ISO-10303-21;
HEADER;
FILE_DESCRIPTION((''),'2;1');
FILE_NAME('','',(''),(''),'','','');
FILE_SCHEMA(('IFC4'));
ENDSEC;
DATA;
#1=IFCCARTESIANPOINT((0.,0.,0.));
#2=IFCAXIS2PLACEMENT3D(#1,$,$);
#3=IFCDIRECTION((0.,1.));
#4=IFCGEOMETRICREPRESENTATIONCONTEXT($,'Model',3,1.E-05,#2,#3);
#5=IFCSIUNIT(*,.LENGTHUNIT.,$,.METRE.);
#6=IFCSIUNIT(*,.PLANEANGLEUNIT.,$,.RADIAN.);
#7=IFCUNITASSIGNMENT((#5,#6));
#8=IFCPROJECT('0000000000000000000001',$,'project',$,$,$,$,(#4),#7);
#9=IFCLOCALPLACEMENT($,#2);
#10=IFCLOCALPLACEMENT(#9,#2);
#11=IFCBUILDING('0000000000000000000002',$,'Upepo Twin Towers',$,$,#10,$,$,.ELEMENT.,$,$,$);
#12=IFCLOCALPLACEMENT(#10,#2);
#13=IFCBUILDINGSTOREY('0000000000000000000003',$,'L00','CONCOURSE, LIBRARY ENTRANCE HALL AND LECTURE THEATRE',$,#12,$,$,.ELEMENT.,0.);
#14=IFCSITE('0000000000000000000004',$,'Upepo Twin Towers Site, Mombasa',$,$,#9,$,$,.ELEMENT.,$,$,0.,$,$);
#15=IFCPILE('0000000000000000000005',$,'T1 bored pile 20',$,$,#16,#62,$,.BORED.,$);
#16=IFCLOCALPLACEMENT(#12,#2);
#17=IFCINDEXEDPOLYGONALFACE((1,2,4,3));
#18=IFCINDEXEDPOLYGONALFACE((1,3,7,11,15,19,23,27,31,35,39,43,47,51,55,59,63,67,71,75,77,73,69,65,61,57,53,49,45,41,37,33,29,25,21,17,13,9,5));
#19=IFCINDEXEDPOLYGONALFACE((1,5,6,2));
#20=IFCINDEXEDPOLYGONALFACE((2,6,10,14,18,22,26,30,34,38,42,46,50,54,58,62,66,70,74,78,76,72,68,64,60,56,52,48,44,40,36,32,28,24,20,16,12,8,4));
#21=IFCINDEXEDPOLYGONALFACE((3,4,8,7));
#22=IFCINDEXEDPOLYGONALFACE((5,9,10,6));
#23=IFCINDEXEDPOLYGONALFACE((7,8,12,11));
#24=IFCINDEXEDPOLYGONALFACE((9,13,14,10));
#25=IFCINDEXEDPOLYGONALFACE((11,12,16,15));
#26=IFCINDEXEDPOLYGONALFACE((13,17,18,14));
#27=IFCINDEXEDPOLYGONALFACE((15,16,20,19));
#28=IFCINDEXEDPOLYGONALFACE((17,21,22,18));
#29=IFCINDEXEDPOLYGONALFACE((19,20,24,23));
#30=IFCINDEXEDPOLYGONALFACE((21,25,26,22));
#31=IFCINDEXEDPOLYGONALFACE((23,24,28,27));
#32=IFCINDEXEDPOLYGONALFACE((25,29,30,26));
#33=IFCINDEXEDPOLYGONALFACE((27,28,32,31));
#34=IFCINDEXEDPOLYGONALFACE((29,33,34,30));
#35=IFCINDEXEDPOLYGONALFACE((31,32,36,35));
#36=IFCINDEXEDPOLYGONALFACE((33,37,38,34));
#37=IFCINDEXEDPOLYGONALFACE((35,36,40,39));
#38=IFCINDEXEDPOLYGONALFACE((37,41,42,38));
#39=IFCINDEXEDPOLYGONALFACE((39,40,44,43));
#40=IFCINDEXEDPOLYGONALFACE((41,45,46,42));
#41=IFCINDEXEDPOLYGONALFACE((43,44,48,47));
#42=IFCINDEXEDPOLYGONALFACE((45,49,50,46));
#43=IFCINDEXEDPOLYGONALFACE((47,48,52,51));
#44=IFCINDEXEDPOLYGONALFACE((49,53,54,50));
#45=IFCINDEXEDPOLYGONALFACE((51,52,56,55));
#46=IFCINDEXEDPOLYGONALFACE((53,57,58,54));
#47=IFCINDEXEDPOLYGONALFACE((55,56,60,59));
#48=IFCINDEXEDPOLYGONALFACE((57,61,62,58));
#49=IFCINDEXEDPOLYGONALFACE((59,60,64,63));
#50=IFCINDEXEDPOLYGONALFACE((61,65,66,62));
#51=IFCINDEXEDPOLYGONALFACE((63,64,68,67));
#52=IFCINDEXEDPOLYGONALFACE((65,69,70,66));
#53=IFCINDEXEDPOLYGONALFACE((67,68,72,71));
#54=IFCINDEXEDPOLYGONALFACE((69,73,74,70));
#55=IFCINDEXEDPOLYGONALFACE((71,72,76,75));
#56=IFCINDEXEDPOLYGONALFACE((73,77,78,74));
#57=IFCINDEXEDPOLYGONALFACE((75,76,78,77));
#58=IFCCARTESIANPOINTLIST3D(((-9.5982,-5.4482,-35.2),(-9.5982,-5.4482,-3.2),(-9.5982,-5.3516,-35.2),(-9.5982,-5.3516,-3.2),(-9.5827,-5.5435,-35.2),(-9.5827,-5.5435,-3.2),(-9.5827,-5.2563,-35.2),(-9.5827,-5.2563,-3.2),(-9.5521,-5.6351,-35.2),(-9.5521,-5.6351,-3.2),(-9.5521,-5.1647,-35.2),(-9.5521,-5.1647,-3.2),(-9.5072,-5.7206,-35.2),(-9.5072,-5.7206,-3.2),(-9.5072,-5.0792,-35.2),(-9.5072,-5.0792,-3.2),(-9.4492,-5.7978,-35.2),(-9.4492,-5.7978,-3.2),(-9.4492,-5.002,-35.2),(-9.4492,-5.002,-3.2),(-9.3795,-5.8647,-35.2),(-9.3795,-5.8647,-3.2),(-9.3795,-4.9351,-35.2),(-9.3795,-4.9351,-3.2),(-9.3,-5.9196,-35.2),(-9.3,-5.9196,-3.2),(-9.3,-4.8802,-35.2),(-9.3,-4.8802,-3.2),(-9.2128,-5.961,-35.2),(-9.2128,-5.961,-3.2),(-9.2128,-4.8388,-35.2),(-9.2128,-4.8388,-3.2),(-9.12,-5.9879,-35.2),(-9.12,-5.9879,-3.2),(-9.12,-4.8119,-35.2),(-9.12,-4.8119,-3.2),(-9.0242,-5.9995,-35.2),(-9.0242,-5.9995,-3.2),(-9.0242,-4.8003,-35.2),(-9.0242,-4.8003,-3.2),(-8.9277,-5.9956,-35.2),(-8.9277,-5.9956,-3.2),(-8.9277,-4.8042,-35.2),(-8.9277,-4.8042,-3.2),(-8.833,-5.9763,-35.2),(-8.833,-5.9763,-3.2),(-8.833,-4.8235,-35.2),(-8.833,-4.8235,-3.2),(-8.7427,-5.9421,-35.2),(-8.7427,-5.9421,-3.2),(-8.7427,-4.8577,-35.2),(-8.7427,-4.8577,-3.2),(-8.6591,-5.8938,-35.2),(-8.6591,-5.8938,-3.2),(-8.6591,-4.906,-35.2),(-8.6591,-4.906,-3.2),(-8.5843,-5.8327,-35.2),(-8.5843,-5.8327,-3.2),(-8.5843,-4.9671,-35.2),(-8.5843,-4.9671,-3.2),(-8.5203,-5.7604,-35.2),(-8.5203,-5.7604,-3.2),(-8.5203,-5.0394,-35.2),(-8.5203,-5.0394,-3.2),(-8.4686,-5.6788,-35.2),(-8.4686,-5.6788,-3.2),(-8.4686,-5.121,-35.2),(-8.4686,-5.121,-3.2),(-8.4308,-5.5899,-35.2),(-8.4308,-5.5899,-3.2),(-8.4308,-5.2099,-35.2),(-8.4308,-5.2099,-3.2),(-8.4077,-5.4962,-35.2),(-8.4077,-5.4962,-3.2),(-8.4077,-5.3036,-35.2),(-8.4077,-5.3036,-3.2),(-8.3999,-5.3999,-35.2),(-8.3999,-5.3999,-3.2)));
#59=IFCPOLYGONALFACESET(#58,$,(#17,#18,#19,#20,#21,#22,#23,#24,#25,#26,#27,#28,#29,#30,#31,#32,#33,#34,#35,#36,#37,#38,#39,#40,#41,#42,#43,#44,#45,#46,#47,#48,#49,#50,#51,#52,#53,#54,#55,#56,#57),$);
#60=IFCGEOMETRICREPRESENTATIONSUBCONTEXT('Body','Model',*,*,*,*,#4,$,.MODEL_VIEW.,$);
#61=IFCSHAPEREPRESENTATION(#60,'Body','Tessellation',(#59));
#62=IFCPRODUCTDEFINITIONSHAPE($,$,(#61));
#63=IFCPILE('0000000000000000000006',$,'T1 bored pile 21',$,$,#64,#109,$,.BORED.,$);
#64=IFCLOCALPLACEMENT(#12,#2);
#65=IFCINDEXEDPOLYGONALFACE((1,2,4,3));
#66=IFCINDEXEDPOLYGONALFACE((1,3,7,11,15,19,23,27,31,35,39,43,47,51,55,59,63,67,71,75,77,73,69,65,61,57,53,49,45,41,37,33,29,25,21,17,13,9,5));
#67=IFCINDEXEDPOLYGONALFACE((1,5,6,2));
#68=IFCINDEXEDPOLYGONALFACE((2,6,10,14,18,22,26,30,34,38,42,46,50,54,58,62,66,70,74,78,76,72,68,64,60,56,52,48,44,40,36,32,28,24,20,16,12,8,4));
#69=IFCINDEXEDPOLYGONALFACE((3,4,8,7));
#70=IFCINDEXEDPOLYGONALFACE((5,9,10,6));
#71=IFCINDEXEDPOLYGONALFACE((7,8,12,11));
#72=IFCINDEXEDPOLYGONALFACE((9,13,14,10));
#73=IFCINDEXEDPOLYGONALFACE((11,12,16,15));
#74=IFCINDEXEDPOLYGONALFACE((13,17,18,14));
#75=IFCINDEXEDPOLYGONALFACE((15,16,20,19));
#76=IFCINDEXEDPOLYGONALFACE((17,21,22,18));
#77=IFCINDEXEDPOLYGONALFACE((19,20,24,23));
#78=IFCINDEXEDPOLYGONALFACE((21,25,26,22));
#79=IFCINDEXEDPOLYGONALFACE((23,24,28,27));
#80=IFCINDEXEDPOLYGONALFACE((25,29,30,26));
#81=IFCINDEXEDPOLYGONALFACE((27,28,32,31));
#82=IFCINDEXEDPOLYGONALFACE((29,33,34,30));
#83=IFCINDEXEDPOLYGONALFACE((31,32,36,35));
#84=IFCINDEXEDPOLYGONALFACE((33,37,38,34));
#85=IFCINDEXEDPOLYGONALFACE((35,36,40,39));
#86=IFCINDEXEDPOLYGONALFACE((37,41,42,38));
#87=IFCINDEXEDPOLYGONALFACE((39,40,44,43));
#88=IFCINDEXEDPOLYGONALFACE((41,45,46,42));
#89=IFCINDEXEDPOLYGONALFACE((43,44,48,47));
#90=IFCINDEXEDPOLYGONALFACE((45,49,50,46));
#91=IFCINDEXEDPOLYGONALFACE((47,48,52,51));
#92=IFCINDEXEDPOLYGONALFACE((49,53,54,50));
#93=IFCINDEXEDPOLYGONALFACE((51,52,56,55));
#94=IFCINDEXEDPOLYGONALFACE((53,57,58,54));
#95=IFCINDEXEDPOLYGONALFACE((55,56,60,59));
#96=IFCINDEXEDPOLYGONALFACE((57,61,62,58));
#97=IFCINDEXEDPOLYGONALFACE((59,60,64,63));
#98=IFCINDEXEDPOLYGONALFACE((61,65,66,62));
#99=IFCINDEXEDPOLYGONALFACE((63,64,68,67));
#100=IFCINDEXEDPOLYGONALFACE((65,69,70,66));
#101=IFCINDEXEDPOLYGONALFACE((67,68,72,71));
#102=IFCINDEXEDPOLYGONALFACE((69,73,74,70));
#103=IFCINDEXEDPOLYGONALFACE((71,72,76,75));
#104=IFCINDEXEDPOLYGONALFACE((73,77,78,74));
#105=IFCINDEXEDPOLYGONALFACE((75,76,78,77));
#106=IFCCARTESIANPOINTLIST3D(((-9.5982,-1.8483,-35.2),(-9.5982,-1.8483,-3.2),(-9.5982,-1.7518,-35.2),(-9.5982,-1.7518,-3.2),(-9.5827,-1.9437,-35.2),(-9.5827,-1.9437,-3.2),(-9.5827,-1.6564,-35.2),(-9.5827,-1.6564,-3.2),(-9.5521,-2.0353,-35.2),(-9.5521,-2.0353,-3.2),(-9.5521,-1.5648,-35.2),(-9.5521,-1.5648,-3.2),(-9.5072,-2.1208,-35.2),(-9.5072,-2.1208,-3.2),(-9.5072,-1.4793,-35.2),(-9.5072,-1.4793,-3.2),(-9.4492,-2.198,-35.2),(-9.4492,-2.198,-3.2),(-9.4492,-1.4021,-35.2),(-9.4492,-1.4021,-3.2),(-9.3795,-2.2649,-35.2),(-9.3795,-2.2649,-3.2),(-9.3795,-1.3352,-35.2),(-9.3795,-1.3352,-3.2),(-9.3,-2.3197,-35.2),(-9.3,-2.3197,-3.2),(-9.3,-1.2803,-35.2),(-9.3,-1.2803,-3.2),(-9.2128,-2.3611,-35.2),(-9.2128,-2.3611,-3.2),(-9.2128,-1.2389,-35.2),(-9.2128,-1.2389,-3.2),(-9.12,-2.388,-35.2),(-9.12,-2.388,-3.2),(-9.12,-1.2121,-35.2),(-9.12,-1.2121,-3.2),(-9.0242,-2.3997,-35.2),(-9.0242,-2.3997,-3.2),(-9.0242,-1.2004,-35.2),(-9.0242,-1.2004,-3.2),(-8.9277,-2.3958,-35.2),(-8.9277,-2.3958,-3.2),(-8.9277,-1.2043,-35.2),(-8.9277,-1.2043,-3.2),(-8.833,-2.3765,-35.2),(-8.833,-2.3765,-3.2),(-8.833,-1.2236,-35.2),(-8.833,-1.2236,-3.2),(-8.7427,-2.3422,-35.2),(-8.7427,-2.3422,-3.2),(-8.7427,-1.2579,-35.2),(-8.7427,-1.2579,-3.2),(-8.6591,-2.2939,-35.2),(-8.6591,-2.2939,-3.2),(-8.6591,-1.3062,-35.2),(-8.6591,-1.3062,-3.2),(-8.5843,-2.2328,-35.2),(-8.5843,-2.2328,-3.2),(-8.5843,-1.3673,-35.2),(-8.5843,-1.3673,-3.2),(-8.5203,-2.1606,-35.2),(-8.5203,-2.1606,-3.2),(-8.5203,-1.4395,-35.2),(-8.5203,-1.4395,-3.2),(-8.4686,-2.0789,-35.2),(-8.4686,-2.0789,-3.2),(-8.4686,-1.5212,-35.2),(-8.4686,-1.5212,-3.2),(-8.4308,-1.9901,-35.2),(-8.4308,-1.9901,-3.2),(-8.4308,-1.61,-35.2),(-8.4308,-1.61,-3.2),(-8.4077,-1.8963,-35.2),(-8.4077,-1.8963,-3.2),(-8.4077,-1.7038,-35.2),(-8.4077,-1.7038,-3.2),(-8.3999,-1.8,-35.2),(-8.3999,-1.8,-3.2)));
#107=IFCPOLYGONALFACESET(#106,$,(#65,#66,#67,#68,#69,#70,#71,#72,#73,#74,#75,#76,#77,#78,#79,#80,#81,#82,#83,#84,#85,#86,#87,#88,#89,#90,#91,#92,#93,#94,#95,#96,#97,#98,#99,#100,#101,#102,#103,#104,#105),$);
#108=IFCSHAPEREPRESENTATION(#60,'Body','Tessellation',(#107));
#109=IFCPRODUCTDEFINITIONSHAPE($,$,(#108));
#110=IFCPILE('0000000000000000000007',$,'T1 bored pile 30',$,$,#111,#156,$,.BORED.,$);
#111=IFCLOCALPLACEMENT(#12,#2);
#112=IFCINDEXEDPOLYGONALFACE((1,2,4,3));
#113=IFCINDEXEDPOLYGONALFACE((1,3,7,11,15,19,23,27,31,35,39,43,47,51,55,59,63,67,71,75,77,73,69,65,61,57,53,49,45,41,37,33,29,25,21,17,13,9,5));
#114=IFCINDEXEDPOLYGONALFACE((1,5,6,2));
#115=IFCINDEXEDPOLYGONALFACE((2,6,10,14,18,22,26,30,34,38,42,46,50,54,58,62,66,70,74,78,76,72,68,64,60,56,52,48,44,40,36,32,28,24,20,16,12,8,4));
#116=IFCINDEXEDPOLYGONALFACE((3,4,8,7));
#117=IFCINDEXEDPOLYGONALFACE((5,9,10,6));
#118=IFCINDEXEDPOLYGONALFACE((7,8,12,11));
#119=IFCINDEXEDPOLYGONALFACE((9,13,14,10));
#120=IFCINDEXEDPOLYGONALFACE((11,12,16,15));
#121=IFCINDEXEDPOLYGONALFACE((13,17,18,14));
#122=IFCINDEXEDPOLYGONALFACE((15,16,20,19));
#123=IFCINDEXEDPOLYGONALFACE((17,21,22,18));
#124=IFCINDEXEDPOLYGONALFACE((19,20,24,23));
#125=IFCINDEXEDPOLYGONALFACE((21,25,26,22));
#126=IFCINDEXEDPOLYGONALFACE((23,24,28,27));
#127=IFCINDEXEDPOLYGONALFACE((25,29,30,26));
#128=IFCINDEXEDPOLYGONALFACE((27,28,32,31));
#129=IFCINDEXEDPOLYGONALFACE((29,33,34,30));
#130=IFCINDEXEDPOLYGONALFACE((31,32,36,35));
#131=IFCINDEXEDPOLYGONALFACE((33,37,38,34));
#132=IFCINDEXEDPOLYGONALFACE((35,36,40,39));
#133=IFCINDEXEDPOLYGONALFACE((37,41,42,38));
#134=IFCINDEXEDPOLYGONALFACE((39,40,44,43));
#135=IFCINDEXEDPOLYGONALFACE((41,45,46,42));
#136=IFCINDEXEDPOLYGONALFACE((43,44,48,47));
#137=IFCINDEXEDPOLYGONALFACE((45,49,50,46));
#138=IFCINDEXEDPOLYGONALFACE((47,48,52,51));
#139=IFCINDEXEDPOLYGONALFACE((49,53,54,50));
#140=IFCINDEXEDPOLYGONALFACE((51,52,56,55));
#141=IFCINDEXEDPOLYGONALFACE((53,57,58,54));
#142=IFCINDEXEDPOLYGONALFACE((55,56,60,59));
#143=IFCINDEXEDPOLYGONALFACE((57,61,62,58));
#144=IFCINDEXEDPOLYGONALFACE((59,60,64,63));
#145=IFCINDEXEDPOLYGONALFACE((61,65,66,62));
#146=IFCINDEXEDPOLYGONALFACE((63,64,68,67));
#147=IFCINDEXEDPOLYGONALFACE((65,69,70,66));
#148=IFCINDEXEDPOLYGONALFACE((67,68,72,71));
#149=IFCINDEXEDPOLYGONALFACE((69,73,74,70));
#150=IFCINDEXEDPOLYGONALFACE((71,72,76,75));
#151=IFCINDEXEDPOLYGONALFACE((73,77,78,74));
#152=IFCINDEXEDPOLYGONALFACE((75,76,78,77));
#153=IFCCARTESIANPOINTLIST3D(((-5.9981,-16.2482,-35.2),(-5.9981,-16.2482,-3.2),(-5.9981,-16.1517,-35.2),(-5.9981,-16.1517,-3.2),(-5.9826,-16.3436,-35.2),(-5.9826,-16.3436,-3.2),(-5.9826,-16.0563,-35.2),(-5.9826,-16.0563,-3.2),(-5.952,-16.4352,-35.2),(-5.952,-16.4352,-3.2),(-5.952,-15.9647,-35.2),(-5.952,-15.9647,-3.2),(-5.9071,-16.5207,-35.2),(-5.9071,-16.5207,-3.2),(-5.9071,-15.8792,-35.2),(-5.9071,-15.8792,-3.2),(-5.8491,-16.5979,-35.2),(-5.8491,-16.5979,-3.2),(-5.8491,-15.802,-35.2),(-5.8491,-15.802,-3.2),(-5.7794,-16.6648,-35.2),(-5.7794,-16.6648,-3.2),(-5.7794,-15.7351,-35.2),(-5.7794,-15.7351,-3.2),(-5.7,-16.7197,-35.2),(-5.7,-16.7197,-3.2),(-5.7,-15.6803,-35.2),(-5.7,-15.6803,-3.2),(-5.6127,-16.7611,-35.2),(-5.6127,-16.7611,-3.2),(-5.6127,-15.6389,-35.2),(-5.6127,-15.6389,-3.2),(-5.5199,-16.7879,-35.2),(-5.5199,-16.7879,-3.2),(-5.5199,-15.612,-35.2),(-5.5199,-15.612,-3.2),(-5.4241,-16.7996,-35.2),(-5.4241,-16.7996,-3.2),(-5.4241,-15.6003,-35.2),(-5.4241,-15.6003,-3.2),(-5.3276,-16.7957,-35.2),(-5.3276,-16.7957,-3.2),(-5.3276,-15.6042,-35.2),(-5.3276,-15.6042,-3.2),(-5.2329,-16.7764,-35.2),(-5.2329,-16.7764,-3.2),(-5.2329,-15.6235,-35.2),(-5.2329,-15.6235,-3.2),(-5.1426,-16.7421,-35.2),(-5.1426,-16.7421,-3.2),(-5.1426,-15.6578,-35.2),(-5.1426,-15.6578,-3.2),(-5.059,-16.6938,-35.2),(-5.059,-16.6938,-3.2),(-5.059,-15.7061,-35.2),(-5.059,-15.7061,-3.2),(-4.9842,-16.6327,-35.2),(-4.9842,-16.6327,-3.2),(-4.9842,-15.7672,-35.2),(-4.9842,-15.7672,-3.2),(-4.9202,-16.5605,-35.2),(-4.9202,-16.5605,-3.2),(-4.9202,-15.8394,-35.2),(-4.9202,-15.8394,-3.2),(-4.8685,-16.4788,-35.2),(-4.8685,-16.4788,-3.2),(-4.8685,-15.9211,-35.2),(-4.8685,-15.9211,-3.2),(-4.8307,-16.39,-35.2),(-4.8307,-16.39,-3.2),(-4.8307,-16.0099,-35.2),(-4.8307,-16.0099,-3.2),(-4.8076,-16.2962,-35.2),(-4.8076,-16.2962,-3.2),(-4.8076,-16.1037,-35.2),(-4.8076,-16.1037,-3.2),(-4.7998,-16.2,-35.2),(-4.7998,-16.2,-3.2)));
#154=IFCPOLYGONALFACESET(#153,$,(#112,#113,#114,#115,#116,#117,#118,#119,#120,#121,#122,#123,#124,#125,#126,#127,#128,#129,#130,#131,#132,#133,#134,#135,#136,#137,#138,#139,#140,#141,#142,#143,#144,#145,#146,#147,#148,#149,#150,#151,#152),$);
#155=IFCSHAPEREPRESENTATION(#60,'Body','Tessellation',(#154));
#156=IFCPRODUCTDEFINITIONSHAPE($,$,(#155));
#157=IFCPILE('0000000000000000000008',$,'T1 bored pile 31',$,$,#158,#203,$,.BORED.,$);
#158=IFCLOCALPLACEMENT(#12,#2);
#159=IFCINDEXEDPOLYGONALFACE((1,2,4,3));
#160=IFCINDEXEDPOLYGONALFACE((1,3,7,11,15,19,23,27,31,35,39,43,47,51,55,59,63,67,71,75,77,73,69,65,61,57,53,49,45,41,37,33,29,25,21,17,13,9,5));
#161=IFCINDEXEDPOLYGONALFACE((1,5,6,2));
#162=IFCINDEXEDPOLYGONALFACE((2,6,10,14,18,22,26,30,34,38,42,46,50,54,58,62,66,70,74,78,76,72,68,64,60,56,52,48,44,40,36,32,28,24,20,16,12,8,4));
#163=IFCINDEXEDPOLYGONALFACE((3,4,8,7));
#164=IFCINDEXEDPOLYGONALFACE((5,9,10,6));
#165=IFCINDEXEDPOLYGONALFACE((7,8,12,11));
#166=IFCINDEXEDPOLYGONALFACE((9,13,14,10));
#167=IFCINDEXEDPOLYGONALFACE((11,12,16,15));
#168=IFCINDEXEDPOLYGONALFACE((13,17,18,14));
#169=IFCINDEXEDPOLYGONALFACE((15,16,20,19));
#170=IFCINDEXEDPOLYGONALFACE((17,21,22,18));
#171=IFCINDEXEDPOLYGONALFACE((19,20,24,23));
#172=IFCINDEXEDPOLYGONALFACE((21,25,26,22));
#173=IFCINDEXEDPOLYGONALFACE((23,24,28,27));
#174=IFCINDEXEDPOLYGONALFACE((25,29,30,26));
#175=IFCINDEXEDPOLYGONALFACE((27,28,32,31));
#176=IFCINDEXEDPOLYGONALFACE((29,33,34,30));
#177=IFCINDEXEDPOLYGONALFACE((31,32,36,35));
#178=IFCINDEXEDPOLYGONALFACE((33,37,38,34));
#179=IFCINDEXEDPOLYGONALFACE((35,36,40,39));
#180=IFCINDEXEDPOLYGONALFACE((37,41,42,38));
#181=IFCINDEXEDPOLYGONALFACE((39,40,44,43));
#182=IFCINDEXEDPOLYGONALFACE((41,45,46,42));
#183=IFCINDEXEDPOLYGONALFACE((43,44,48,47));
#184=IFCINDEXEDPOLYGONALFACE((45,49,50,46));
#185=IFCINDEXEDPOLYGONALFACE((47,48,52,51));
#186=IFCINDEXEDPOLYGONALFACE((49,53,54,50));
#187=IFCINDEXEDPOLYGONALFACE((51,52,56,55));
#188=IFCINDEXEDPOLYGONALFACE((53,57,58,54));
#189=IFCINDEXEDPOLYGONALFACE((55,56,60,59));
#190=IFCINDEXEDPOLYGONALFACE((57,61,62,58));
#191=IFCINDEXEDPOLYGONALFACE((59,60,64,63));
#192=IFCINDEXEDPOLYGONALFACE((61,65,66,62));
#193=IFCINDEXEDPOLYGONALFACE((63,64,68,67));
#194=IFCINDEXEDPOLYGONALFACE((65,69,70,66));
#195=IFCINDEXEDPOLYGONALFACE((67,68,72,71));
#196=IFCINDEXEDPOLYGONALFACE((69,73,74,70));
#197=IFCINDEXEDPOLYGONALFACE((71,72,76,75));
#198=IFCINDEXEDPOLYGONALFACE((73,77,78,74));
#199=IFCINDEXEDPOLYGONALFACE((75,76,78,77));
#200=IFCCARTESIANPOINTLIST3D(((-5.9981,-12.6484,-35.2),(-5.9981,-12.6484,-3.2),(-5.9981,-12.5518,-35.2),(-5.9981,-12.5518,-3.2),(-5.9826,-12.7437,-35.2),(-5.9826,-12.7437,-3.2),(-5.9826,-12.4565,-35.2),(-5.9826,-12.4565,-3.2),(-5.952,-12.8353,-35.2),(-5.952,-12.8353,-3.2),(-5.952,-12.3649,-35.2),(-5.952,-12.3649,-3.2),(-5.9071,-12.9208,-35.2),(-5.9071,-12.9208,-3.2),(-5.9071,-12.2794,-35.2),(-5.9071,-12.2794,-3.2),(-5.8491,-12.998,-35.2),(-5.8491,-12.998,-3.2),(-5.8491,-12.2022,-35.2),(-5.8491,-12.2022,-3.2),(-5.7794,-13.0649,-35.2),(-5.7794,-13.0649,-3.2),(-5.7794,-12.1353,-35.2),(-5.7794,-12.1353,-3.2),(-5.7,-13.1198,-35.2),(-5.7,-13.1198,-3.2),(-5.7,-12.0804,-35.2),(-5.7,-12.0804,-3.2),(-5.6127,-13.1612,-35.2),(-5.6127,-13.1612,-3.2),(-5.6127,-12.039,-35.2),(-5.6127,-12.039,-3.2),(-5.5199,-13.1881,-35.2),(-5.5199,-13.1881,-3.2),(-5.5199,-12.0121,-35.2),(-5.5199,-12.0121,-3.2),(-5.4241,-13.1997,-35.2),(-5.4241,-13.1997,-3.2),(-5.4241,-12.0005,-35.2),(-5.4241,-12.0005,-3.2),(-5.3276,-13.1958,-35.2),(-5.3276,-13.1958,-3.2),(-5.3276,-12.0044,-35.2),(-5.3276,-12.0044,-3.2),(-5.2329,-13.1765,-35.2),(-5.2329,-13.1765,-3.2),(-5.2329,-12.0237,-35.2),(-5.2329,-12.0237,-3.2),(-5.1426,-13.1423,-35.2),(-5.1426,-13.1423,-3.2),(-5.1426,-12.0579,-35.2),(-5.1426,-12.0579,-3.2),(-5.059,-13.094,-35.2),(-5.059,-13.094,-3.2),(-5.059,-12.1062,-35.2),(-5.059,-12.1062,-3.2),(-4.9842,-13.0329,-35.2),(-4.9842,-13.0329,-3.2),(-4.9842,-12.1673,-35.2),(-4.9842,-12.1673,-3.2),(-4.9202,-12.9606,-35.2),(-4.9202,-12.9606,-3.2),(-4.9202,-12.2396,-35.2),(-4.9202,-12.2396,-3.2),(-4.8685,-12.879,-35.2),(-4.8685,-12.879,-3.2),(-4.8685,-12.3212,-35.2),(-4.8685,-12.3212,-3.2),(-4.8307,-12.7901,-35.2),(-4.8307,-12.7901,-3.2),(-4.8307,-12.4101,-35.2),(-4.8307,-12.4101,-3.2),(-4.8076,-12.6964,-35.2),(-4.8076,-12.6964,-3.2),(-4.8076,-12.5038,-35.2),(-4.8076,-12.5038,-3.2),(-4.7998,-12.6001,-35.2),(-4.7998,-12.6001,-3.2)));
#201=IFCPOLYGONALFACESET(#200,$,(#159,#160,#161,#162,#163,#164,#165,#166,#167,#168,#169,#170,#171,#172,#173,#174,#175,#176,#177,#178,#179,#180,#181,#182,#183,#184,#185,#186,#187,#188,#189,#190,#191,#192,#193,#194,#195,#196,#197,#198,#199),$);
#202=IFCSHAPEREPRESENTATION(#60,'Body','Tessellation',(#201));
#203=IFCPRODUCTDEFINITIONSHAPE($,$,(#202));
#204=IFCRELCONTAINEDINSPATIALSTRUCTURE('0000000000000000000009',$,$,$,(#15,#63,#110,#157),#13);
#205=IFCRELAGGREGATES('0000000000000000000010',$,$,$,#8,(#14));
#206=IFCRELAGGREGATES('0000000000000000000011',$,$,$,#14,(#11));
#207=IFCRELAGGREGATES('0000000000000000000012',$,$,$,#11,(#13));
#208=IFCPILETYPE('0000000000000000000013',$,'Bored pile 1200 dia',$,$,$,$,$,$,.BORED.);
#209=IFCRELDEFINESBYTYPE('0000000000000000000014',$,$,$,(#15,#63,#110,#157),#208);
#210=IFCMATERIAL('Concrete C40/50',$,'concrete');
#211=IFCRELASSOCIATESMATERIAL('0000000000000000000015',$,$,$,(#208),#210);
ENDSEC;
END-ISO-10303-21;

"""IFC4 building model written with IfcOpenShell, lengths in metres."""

from ifc_helpers import new_model, si_unit, direction, frame, origin, origin_2d, place, context, subcontext, project, spatial, circle, extrude, material, type_object, element, save


model = new_model("IFC4")

# Units and contexts
model_context = context("Model", 3, precision=1e-05, world=origin(), true_north=direction((0.0, 1.0)))
body_context = subcontext(model_context, "Body", "Model", "MODEL_VIEW")
ifc_project = project(units=[si_unit("LENGTHUNIT", "METRE"), si_unit("PLANEANGLEUNIT", "RADIAN")], contexts=[model_context])

# Site, building, storey
site_placement = place(None, origin())
site = spatial("IfcSite", under=ifc_project, at=site_placement, Name="Upepo Twin Towers Site, Mombasa", CompositionType="ELEMENT", RefElevation=0.0)
building_placement = place(site_placement, origin())
building = spatial("IfcBuilding", under=site, at=building_placement, Name="Upepo Twin Towers", CompositionType="ELEMENT")
storey_placement = place(building_placement, origin())
storey = spatial("IfcBuildingStorey", under=building, at=storey_placement, Name="L00", Description="CONCOURSE, LIBRARY ENTRANCE HALL AND LECTURE THEATRE", CompositionType="ELEMENT", Elevation=0.0)

# Piles
ifc_material_1 = material(Name="Concrete C40/50", Category="concrete")
pile_type = type_object("IfcPileType", Name="Bored pile 1200 dia", PredefinedType="BORED", material=ifc_material_1)
for number, where, z_axis, x_axis, name in (
    (1, (-9.0, -5.3999, -3.2), (0.0, 0.0, -1.0), (1.0, 0.0, 0.0), "T1 bored pile 20"),
    (2, (-9.0, -1.8, -3.2), (0.0, 0.0, -1.0), (1.0, 0.0, 0.0), "T1 bored pile 21"),
    (3, (-5.3999, -16.2, -3.2), (0.0, 0.0, -1.0), (1.0, 0.0, 0.0), "T1 bored pile 30"),
    (4, (-5.3999, -12.6001, -3.2), (0.0, 0.0, -1.0), (1.0, 0.0, 0.0), "T1 bored pile 31"),
):
    element("IfcPile", number, at=place(storey_placement, frame(where, z_axis=z_axis, x_axis=x_axis)), inside=storey, type_object=pile_type, Name=name, PredefinedType="BORED", context=body_context, shape_type="SweptSolid", body=[
        extrude(circle(Radius=0.6001, at=origin_2d()), origin(), (0.0, 0.0, 1.0), 32.0),
    ])

save(model, "model.ifc")
